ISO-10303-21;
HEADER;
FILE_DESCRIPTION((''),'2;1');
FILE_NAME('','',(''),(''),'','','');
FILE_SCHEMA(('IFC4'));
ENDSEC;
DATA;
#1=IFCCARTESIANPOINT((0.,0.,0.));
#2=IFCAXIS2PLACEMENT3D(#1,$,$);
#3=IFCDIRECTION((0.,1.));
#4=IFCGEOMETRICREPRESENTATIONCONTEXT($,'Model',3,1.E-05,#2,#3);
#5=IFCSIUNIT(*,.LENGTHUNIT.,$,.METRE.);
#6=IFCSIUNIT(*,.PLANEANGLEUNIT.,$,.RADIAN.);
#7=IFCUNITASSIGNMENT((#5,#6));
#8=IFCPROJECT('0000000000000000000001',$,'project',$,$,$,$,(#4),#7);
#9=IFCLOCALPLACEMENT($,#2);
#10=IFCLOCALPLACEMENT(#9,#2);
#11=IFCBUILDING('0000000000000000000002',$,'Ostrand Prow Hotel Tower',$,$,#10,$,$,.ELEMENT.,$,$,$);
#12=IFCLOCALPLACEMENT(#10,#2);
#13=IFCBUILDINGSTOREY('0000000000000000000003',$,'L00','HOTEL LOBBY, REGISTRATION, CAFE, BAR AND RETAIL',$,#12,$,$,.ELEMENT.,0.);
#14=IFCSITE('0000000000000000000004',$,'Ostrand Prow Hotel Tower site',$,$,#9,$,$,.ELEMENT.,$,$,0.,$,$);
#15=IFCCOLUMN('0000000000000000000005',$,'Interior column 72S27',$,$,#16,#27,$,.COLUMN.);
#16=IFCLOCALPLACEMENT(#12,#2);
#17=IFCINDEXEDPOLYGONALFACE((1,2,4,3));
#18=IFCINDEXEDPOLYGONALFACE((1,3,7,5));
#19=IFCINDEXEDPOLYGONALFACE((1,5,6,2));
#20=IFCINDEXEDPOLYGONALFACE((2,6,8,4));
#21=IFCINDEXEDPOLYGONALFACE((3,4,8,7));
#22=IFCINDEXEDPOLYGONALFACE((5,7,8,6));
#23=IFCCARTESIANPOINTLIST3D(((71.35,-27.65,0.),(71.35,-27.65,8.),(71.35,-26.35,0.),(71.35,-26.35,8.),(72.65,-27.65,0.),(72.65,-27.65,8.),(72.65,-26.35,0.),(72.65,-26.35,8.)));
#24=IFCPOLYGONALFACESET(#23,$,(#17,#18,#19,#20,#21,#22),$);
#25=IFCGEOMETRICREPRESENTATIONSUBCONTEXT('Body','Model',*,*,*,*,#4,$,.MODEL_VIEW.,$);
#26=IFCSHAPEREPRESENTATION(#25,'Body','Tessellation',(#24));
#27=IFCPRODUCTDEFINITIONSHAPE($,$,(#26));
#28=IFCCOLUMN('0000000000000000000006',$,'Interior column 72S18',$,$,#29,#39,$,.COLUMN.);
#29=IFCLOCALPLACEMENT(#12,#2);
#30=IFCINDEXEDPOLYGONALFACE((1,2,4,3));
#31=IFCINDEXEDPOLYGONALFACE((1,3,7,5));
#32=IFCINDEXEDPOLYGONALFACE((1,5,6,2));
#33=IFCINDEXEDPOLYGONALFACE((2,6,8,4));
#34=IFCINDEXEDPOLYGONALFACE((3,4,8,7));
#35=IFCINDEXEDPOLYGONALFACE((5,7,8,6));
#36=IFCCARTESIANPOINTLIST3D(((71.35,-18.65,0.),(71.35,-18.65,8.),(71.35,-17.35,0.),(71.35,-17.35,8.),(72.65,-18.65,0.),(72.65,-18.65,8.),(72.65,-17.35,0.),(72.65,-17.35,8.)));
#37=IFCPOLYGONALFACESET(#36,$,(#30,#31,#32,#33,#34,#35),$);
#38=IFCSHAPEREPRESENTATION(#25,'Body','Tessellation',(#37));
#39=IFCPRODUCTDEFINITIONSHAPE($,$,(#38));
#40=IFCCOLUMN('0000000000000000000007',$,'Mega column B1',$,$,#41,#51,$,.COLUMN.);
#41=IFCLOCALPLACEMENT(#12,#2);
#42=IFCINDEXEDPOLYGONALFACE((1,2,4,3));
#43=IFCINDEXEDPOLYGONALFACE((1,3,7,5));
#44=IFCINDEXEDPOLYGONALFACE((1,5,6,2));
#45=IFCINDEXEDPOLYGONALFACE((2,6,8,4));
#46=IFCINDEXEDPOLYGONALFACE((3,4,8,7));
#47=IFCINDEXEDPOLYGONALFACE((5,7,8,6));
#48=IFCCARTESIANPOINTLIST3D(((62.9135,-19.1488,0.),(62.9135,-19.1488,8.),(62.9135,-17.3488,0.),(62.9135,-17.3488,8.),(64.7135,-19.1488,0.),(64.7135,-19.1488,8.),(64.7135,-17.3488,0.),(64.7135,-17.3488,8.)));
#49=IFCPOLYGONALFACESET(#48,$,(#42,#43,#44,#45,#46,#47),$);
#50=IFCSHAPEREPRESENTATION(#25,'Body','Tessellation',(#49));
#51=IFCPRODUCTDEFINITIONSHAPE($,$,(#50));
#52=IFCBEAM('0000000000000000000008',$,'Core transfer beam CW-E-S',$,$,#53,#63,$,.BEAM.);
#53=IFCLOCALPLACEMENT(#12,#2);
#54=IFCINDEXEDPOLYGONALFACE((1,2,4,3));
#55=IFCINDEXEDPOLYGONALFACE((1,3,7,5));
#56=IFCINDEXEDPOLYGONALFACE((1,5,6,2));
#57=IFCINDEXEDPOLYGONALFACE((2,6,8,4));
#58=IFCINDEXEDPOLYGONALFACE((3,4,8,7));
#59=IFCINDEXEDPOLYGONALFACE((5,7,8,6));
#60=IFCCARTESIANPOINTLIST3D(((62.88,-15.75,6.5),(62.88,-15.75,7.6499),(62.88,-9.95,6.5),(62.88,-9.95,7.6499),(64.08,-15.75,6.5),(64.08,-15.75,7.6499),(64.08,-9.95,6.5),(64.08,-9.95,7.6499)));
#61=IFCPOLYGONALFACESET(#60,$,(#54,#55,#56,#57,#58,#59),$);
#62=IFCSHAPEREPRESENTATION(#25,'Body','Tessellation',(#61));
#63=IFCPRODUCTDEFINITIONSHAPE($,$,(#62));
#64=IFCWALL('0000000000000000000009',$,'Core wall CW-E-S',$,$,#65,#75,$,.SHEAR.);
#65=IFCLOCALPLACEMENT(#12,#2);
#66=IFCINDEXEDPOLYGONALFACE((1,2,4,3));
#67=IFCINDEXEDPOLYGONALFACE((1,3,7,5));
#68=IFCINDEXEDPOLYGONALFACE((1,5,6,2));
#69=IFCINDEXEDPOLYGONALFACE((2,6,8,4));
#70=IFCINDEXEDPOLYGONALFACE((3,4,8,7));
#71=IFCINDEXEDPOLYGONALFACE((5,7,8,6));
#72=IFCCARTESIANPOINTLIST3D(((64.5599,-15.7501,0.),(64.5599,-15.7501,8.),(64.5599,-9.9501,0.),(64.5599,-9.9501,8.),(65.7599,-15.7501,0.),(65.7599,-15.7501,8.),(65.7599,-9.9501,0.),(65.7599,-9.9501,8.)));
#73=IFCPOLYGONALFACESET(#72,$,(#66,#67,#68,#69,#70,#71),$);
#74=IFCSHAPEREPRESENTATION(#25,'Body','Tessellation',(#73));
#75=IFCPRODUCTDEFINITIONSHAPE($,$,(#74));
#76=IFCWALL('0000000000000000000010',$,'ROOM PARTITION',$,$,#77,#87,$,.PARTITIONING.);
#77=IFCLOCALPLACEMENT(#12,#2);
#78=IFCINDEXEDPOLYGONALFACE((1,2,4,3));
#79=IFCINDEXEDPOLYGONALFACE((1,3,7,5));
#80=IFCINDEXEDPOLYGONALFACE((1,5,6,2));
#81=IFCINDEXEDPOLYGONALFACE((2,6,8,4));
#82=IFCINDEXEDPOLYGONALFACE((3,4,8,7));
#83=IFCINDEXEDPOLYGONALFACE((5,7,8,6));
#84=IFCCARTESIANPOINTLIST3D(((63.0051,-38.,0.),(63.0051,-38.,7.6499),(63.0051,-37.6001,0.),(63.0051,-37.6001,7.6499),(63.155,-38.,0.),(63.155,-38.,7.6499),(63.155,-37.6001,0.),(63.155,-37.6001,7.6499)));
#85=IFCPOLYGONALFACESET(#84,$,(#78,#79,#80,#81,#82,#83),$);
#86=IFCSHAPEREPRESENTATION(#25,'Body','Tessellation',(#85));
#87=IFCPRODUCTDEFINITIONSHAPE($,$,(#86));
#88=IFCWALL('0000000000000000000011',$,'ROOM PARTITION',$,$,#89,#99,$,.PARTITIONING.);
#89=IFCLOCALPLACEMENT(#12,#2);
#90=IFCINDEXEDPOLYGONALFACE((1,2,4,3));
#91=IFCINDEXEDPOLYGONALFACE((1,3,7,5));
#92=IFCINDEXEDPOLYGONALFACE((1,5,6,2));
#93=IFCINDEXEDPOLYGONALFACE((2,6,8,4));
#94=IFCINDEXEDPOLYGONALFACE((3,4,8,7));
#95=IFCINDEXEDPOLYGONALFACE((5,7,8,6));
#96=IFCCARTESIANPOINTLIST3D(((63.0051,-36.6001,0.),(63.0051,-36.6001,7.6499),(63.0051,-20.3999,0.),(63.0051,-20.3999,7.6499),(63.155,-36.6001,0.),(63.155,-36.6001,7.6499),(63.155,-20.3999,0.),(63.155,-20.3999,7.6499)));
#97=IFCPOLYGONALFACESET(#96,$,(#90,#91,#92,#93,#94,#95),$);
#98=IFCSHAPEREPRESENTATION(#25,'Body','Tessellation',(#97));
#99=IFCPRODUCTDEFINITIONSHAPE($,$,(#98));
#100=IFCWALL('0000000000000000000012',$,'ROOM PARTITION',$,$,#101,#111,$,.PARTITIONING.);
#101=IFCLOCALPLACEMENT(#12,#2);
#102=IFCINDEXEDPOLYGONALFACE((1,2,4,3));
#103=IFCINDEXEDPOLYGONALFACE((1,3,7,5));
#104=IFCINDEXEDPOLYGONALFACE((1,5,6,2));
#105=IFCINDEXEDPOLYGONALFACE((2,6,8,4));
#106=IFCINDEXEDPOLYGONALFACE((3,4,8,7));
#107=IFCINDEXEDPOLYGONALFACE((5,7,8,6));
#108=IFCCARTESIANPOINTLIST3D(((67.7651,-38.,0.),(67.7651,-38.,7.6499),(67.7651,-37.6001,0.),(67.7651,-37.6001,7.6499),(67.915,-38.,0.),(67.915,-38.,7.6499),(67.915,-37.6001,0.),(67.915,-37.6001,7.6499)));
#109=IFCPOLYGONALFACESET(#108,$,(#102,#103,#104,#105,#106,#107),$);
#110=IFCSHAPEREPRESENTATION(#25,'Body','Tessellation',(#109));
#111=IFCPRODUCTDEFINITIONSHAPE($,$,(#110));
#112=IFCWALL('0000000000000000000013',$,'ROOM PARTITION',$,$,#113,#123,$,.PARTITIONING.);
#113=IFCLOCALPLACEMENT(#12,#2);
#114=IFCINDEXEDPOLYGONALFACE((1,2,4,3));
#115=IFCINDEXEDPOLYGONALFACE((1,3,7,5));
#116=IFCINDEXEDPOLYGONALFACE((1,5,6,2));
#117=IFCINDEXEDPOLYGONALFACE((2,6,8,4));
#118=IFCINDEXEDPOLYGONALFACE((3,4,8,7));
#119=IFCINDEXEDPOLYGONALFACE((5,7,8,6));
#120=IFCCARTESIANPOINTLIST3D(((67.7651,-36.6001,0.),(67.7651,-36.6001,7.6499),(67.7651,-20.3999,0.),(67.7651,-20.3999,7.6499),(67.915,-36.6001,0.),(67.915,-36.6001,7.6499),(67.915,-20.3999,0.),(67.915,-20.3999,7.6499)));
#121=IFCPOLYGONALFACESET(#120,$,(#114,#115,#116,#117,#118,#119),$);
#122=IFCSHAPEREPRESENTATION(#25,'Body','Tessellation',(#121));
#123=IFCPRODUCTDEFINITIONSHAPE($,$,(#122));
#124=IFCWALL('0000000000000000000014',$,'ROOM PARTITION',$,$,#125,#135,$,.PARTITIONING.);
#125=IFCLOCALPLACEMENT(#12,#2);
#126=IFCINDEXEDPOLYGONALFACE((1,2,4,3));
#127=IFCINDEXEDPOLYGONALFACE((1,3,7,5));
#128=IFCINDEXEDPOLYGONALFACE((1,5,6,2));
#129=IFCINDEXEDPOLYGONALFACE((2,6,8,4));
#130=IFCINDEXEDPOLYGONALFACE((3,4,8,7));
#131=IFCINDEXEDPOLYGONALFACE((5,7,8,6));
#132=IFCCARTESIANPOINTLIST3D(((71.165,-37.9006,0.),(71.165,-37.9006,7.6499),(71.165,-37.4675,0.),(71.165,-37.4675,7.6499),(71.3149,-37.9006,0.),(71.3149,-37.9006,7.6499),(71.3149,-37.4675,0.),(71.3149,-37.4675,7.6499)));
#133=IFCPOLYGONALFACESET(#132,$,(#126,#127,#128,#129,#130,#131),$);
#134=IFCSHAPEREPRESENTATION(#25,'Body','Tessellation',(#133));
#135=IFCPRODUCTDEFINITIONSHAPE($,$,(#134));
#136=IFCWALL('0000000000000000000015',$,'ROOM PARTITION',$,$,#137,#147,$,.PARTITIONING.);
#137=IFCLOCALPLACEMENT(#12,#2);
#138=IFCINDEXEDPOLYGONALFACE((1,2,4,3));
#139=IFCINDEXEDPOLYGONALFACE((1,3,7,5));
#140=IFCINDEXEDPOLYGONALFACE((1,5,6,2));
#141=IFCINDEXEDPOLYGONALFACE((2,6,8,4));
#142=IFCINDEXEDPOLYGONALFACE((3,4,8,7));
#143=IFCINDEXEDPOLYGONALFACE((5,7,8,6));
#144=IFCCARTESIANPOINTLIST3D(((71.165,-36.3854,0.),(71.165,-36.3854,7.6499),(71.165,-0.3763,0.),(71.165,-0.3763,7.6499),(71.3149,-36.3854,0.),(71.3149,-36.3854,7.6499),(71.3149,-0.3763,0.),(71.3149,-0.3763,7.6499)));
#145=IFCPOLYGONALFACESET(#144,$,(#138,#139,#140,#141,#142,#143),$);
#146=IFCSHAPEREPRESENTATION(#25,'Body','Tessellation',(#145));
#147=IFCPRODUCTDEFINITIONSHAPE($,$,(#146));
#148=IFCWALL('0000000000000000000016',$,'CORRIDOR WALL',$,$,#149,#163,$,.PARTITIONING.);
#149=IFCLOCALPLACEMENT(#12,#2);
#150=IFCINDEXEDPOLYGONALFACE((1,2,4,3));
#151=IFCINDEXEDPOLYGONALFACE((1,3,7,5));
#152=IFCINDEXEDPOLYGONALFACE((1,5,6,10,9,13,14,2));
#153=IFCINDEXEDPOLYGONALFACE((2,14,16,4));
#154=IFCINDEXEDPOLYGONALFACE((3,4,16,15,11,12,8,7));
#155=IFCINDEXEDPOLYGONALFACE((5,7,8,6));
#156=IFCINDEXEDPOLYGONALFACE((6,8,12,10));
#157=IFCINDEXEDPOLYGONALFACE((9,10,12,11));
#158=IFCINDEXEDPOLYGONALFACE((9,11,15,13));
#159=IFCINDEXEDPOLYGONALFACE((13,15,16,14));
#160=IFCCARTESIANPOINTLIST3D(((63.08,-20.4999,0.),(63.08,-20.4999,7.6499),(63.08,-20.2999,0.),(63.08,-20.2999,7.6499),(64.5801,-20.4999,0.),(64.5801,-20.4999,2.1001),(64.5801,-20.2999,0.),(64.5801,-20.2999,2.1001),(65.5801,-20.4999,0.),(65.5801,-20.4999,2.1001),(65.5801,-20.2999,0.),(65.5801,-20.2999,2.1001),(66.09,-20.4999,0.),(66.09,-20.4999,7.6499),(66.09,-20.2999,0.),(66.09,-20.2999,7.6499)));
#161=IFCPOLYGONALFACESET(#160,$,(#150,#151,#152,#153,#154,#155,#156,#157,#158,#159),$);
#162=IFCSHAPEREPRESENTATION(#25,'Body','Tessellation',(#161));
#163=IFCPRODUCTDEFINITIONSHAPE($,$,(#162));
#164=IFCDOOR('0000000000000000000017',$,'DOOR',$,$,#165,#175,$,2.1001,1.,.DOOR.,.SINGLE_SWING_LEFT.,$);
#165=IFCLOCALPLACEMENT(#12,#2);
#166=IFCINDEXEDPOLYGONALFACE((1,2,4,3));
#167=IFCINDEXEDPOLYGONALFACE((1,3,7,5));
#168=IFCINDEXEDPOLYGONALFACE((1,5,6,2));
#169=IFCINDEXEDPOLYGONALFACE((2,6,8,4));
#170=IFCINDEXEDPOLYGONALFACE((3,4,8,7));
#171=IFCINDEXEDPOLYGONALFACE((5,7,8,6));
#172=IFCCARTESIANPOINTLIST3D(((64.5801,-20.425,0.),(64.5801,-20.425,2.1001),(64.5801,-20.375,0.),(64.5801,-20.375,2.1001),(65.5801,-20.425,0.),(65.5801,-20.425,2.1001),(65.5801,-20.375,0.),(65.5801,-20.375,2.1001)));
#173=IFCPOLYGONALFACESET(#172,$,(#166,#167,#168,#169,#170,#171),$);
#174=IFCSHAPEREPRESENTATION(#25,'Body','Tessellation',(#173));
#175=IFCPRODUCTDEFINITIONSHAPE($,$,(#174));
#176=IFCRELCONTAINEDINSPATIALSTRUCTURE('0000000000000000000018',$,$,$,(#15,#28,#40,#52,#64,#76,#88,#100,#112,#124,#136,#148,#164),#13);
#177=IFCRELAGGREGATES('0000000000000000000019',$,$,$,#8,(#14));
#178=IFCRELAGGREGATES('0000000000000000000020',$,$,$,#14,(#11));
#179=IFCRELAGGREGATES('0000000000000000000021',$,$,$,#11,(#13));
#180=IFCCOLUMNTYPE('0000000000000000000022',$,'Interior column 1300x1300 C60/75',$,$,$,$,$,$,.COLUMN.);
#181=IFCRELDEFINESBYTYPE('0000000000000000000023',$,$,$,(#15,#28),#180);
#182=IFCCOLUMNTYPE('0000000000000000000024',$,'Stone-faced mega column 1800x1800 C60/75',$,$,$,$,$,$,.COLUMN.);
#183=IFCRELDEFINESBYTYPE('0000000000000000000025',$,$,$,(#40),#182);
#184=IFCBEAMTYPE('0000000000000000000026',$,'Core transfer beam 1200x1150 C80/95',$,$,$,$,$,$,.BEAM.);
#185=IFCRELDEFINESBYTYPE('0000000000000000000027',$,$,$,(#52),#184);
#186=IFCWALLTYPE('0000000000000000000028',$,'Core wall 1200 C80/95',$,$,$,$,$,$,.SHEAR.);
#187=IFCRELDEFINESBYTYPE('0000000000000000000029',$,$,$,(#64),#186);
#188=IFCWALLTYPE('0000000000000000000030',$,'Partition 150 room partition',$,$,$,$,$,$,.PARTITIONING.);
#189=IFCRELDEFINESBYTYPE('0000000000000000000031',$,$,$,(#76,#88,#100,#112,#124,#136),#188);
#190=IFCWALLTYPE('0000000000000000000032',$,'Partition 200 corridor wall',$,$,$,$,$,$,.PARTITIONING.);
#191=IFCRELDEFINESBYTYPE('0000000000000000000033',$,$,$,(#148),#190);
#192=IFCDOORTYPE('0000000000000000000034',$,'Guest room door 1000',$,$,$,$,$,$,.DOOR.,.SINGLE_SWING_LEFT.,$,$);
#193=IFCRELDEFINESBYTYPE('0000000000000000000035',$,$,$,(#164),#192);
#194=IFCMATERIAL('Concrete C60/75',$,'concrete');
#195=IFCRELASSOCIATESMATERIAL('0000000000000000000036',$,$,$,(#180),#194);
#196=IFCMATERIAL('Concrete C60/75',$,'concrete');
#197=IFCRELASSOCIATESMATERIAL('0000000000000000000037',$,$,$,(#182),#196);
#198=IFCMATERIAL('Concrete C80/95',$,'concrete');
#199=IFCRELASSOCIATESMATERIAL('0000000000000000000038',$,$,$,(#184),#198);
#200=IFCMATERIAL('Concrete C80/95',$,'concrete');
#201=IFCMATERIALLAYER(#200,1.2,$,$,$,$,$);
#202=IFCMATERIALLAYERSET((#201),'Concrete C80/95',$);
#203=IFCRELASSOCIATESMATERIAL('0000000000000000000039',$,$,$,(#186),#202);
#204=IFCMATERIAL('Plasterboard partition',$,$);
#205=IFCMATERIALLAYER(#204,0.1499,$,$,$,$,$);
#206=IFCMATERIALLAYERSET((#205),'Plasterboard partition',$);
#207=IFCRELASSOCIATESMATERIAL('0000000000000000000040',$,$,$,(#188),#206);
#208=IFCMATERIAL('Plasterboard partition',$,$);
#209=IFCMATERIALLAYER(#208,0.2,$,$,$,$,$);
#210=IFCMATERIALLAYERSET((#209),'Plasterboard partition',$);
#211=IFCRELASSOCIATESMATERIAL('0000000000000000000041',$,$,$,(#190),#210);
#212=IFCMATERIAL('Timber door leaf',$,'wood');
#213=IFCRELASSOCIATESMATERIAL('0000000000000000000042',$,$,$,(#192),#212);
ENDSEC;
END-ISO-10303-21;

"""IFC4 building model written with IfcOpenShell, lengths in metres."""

from ifc_helpers import new_model, si_unit, direction, frame, frame_2d, origin, origin_2d, place, context, subcontext, project, spatial, rectangle, extrude, material, layer, layer_set, material_profile, profile_set, type_object, element, fill, save


model = new_model("IFC4")

# Units and contexts
model_context = context("Model", 3, precision=1e-05, world=origin(), true_north=direction((0.0, 1.0)))
body_context = subcontext(model_context, "Body", "Model", "MODEL_VIEW")
ifc_project = project(units=[si_unit("LENGTHUNIT", "METRE"), si_unit("PLANEANGLEUNIT", "RADIAN")], contexts=[model_context])

# Site, building, storey
site_placement = place(None, origin())
site = spatial("IfcSite", under=ifc_project, at=site_placement, Name="Ostrand Prow Hotel Tower site", CompositionType="ELEMENT", RefElevation=0.0)
building_placement = place(site_placement, origin())
building = spatial("IfcBuilding", under=site, at=building_placement, Name="Ostrand Prow Hotel Tower", CompositionType="ELEMENT")
storey_placement = place(building_placement, origin())
storey = spatial("IfcBuildingStorey", under=building, at=storey_placement, Name="L00", Description="HOTEL LOBBY, REGISTRATION, CAFE, BAR AND RETAIL", CompositionType="ELEMENT", Elevation=0.0)

# Columns
ifc_material_1 = material(Name="Concrete C60/75", Category="concrete")
ifc_material_profile_1 = material_profile(ifc_material_1, rectangle(XDim=1.3, YDim=1.3, at=origin_2d()), Name="RC 1300x1300")
ifc_profile_set_1 = profile_set([ifc_material_profile_1], Name="Concrete C60/75")
column_type_1 = type_object("IfcColumnType", Name="Interior column 1300x1300 C60/75", PredefinedType="COLUMN", material=ifc_profile_set_1)
for number, where, z_axis, x_axis, name in (
    (1, (72.0, -27.0, 0.0), (0.0, 0.0, 1.0), (1.0, 0.0, 0.0), "Interior column 72S27"),
    (2, (72.0, -18.0, 0.0), (0.0, 0.0, 1.0), (1.0, 0.0, 0.0), "Interior column 72S18"),
):
    element("IfcColumn", number, at=place(storey_placement, frame(where, z_axis=z_axis, x_axis=x_axis)), inside=storey, type_object=column_type_1, Name=name, PredefinedType="COLUMN", context=body_context, shape_type="SweptSolid", body=[
        extrude(rectangle(XDim=1.3, YDim=1.3, at=origin_2d()), origin(), (0.0, 0.0, 1.0), 8.0),
    ])
ifc_material_2 = material(Name="Concrete C60/75", Category="concrete")
ifc_material_profile_2 = material_profile(ifc_material_2, rectangle(XDim=1.8, YDim=1.8, at=origin_2d()), Name="RC 1800x1800")
ifc_profile_set_2 = profile_set([ifc_material_profile_2], Name="Concrete C60/75")
column_type_2 = type_object("IfcColumnType", Name="Stone-faced mega column 1800x1800 C60/75", PredefinedType="COLUMN", material=ifc_profile_set_2)
column_placement = place(storey_placement, frame((63.8135, -18.2488, 0.0), z_axis=(0.0, 0.0, 1.0), x_axis=(1.0, 0.0, 0.0)))
element("IfcColumn", 3, at=column_placement, inside=storey, type_object=column_type_2, Name="Mega column B1", PredefinedType="COLUMN", context=body_context, shape_type="SweptSolid", body=[
    extrude(rectangle(XDim=1.8, YDim=1.8, at=origin_2d()), origin(), (0.0, 0.0, 1.0), 8.0),
])

# Beam
ifc_material_3 = material(Name="Concrete C80/95", Category="concrete")
ifc_material_profile_3 = material_profile(ifc_material_3, rectangle(XDim=1.2, YDim=1.1499, at=origin_2d()), Name="RC 1200x1150")
ifc_profile_set_3 = profile_set([ifc_material_profile_3], Name="Concrete C80/95")
beam_type = type_object("IfcBeamType", Name="Core transfer beam 1200x1150 C80/95", PredefinedType="BEAM", material=ifc_profile_set_3)
beam_placement = place(storey_placement, frame((63.48, -15.75, 7.075), z_axis=(0.0, 1.0, 0.0), x_axis=(-1.0, 0.0, 0.0)))
element("IfcBeam", 4, at=beam_placement, inside=storey, type_object=beam_type, Name="Core transfer beam CW-E-S", PredefinedType="BEAM", context=body_context, shape_type="SweptSolid", body=[
    extrude(rectangle(XDim=1.2, YDim=1.1499, at=origin_2d()), origin(), (0.0, 0.0, 1.0), 5.8),
])

# Walls
ifc_material_4 = material(Name="Concrete C80/95", Category="concrete")
ifc_layer_1 = layer(ifc_material_4, 1.2)
ifc_layer_set_1 = layer_set([ifc_layer_1], Name="Concrete C80/95")
wall_type_1 = type_object("IfcWallType", Name="Core wall 1200 C80/95", PredefinedType="SHEAR", material=ifc_layer_set_1)
wall_1_placement = place(storey_placement, frame((65.1599, -15.75, 0.0), z_axis=(0.0, 0.0, 1.0), x_axis=(0.0, 1.0, 0.0)))
element("IfcWall", 5, at=wall_1_placement, inside=storey, type_object=wall_type_1, Name="Core wall CW-E-S", PredefinedType="SHEAR", context=body_context, shape_type="SweptSolid", body=[
    extrude(rectangle(XDim=5.8, YDim=1.2, at=frame_2d((2.8999, 0.0))), origin(), (0.0, 0.0, 1.0), 8.0),
])
ifc_material_5 = material(Name="Plasterboard partition")
ifc_layer_2 = layer(ifc_material_5, 0.1499)
ifc_layer_set_2 = layer_set([ifc_layer_2], Name="Plasterboard partition")
wall_type_2 = type_object("IfcWallType", Name="Partition 150 room partition", PredefinedType="PARTITIONING", material=ifc_layer_set_2)
wall_2_placement = place(storey_placement, frame((63.0801, -38.0, 0.0), z_axis=(0.0, 0.0, 1.0), x_axis=(0.0, 1.0, 0.0)))
element("IfcWall", 6, at=wall_2_placement, inside=storey, type_object=wall_type_2, Name="ROOM PARTITION", PredefinedType="PARTITIONING", context=body_context, shape_type="SweptSolid", body=[
    extrude(rectangle(XDim=0.3999, YDim=0.1499, at=frame_2d((0.2, 0.0))), origin(), (0.0, 0.0, 1.0), 7.6499),
])
wall_3_placement = place(storey_placement, frame((63.0801, -36.6001, 0.0), z_axis=(0.0, 0.0, 1.0), x_axis=(0.0, 1.0, 0.0)))
element("IfcWall", 7, at=wall_3_placement, inside=storey, type_object=wall_type_2, Name="ROOM PARTITION", PredefinedType="PARTITIONING", context=body_context, shape_type="SweptSolid", body=[
    extrude(rectangle(XDim=16.2002, YDim=0.1499, at=frame_2d((8.1001, 0.0))), origin(), (0.0, 0.0, 1.0), 7.6499),
])
wall_4_placement = place(storey_placement, frame((67.8401, -38.0, 0.0), z_axis=(0.0, 0.0, 1.0), x_axis=(0.0, 1.0, 0.0)))
element("IfcWall", 8, at=wall_4_placement, inside=storey, type_object=wall_type_2, Name="ROOM PARTITION", PredefinedType="PARTITIONING", context=body_context, shape_type="SweptSolid", body=[
    extrude(rectangle(XDim=0.3999, YDim=0.1499, at=frame_2d((0.2, 0.0))), origin(), (0.0, 0.0, 1.0), 7.6499),
])
wall_5_placement = place(storey_placement, frame((67.8401, -36.6001, 0.0), z_axis=(0.0, 0.0, 1.0), x_axis=(0.0, 1.0, 0.0)))
element("IfcWall", 9, at=wall_5_placement, inside=storey, type_object=wall_type_2, Name="ROOM PARTITION", PredefinedType="PARTITIONING", context=body_context, shape_type="SweptSolid", body=[
    extrude(rectangle(XDim=16.2002, YDim=0.1499, at=frame_2d((8.1001, 0.0))), origin(), (0.0, 0.0, 1.0), 7.6499),
])
wall_6_placement = place(storey_placement, frame((71.24, -37.9006, 0.0), z_axis=(0.0, 0.0, 1.0), x_axis=(0.0, 1.0, 0.0)))
element("IfcWall", 10, at=wall_6_placement, inside=storey, type_object=wall_type_2, Name="ROOM PARTITION", PredefinedType="PARTITIONING", context=body_context, shape_type="SweptSolid", body=[
    extrude(rectangle(XDim=0.4331, YDim=0.1499, at=frame_2d((0.2166, 0.0))), origin(), (0.0, 0.0, 1.0), 7.6499),
])
wall_7_placement = place(storey_placement, frame((71.24, -36.3853, 0.0), z_axis=(0.0, 0.0, 1.0), x_axis=(0.0, 1.0, 0.0)))
element("IfcWall", 11, at=wall_7_placement, inside=storey, type_object=wall_type_2, Name="ROOM PARTITION", PredefinedType="PARTITIONING", context=body_context, shape_type="SweptSolid", body=[
    extrude(rectangle(XDim=36.009, YDim=0.1499, at=frame_2d((18.0044, 0.0))), origin(), (0.0, 0.0, 1.0), 7.6499),
])

# Wall, opening, door
ifc_material_6 = material(Name="Plasterboard partition")
ifc_layer_3 = layer(ifc_material_6, 0.2)
ifc_layer_set_3 = layer_set([ifc_layer_3], Name="Plasterboard partition")
wall_type_3 = type_object("IfcWallType", Name="Partition 200 corridor wall", PredefinedType="PARTITIONING", material=ifc_layer_set_3)
wall_8_placement = place(storey_placement, frame((63.0801, -20.3999, 0.0), z_axis=(0.0, 0.0, 1.0), x_axis=(1.0, 0.0, 0.0)))
wall_8 = element("IfcWall", 12, at=wall_8_placement, inside=storey, type_object=wall_type_3, Name="CORRIDOR WALL", PredefinedType="PARTITIONING", context=body_context, shape_type="SweptSolid", body=[
    extrude(rectangle(XDim=3.01, YDim=0.2, at=frame_2d((1.5049, 0.0))), origin(), (0.0, 0.0, 1.0), 7.6499),
])
opening_1_placement = place(wall_8_placement, frame((1.5, 0.0, 0.0)))
opening_1 = element("IfcOpeningElement", 13, at=opening_1_placement, cuts=wall_8, PredefinedType="OPENING", context=body_context, shape_type="SweptSolid", body=[
    extrude(rectangle(XDim=1.0, YDim=2.1001, at=frame_2d((0.5, 1.05))), frame((0.0, 0.1099, 0.0), z_axis=(0.0, -1.0, 0.0), x_axis=(1.0, 0.0, 0.0)), (0.0, 0.0, 1.0), 0.22),
])
ifc_material_7 = material(Name="Timber door leaf", Category="wood")
door_type_1 = type_object("IfcDoorType", Name="Guest room door 1000", OperationType="SINGLE_SWING_LEFT", PredefinedType="DOOR", material=ifc_material_7)
door_1_placement = place(opening_1_placement, origin())
door_1 = element("IfcDoor", 14, at=door_1_placement, inside=storey, type_object=door_type_1, Name="DOOR", OperationType="SINGLE_SWING_LEFT", OverallHeight=2.1001, OverallWidth=1.0, PredefinedType="DOOR", context=body_context, shape_type="SweptSolid", body=[
    extrude(rectangle(XDim=1.0, YDim=2.1001, at=frame_2d((0.5, 1.05))), frame((0.0, 0.0249, 0.0), z_axis=(0.0, -1.0, 0.0), x_axis=(1.0, 0.0, 0.0)), (0.0, 0.0, 1.0), 0.05),
])
fill(opening_1, door_1)

save(model, "model.ifc")
